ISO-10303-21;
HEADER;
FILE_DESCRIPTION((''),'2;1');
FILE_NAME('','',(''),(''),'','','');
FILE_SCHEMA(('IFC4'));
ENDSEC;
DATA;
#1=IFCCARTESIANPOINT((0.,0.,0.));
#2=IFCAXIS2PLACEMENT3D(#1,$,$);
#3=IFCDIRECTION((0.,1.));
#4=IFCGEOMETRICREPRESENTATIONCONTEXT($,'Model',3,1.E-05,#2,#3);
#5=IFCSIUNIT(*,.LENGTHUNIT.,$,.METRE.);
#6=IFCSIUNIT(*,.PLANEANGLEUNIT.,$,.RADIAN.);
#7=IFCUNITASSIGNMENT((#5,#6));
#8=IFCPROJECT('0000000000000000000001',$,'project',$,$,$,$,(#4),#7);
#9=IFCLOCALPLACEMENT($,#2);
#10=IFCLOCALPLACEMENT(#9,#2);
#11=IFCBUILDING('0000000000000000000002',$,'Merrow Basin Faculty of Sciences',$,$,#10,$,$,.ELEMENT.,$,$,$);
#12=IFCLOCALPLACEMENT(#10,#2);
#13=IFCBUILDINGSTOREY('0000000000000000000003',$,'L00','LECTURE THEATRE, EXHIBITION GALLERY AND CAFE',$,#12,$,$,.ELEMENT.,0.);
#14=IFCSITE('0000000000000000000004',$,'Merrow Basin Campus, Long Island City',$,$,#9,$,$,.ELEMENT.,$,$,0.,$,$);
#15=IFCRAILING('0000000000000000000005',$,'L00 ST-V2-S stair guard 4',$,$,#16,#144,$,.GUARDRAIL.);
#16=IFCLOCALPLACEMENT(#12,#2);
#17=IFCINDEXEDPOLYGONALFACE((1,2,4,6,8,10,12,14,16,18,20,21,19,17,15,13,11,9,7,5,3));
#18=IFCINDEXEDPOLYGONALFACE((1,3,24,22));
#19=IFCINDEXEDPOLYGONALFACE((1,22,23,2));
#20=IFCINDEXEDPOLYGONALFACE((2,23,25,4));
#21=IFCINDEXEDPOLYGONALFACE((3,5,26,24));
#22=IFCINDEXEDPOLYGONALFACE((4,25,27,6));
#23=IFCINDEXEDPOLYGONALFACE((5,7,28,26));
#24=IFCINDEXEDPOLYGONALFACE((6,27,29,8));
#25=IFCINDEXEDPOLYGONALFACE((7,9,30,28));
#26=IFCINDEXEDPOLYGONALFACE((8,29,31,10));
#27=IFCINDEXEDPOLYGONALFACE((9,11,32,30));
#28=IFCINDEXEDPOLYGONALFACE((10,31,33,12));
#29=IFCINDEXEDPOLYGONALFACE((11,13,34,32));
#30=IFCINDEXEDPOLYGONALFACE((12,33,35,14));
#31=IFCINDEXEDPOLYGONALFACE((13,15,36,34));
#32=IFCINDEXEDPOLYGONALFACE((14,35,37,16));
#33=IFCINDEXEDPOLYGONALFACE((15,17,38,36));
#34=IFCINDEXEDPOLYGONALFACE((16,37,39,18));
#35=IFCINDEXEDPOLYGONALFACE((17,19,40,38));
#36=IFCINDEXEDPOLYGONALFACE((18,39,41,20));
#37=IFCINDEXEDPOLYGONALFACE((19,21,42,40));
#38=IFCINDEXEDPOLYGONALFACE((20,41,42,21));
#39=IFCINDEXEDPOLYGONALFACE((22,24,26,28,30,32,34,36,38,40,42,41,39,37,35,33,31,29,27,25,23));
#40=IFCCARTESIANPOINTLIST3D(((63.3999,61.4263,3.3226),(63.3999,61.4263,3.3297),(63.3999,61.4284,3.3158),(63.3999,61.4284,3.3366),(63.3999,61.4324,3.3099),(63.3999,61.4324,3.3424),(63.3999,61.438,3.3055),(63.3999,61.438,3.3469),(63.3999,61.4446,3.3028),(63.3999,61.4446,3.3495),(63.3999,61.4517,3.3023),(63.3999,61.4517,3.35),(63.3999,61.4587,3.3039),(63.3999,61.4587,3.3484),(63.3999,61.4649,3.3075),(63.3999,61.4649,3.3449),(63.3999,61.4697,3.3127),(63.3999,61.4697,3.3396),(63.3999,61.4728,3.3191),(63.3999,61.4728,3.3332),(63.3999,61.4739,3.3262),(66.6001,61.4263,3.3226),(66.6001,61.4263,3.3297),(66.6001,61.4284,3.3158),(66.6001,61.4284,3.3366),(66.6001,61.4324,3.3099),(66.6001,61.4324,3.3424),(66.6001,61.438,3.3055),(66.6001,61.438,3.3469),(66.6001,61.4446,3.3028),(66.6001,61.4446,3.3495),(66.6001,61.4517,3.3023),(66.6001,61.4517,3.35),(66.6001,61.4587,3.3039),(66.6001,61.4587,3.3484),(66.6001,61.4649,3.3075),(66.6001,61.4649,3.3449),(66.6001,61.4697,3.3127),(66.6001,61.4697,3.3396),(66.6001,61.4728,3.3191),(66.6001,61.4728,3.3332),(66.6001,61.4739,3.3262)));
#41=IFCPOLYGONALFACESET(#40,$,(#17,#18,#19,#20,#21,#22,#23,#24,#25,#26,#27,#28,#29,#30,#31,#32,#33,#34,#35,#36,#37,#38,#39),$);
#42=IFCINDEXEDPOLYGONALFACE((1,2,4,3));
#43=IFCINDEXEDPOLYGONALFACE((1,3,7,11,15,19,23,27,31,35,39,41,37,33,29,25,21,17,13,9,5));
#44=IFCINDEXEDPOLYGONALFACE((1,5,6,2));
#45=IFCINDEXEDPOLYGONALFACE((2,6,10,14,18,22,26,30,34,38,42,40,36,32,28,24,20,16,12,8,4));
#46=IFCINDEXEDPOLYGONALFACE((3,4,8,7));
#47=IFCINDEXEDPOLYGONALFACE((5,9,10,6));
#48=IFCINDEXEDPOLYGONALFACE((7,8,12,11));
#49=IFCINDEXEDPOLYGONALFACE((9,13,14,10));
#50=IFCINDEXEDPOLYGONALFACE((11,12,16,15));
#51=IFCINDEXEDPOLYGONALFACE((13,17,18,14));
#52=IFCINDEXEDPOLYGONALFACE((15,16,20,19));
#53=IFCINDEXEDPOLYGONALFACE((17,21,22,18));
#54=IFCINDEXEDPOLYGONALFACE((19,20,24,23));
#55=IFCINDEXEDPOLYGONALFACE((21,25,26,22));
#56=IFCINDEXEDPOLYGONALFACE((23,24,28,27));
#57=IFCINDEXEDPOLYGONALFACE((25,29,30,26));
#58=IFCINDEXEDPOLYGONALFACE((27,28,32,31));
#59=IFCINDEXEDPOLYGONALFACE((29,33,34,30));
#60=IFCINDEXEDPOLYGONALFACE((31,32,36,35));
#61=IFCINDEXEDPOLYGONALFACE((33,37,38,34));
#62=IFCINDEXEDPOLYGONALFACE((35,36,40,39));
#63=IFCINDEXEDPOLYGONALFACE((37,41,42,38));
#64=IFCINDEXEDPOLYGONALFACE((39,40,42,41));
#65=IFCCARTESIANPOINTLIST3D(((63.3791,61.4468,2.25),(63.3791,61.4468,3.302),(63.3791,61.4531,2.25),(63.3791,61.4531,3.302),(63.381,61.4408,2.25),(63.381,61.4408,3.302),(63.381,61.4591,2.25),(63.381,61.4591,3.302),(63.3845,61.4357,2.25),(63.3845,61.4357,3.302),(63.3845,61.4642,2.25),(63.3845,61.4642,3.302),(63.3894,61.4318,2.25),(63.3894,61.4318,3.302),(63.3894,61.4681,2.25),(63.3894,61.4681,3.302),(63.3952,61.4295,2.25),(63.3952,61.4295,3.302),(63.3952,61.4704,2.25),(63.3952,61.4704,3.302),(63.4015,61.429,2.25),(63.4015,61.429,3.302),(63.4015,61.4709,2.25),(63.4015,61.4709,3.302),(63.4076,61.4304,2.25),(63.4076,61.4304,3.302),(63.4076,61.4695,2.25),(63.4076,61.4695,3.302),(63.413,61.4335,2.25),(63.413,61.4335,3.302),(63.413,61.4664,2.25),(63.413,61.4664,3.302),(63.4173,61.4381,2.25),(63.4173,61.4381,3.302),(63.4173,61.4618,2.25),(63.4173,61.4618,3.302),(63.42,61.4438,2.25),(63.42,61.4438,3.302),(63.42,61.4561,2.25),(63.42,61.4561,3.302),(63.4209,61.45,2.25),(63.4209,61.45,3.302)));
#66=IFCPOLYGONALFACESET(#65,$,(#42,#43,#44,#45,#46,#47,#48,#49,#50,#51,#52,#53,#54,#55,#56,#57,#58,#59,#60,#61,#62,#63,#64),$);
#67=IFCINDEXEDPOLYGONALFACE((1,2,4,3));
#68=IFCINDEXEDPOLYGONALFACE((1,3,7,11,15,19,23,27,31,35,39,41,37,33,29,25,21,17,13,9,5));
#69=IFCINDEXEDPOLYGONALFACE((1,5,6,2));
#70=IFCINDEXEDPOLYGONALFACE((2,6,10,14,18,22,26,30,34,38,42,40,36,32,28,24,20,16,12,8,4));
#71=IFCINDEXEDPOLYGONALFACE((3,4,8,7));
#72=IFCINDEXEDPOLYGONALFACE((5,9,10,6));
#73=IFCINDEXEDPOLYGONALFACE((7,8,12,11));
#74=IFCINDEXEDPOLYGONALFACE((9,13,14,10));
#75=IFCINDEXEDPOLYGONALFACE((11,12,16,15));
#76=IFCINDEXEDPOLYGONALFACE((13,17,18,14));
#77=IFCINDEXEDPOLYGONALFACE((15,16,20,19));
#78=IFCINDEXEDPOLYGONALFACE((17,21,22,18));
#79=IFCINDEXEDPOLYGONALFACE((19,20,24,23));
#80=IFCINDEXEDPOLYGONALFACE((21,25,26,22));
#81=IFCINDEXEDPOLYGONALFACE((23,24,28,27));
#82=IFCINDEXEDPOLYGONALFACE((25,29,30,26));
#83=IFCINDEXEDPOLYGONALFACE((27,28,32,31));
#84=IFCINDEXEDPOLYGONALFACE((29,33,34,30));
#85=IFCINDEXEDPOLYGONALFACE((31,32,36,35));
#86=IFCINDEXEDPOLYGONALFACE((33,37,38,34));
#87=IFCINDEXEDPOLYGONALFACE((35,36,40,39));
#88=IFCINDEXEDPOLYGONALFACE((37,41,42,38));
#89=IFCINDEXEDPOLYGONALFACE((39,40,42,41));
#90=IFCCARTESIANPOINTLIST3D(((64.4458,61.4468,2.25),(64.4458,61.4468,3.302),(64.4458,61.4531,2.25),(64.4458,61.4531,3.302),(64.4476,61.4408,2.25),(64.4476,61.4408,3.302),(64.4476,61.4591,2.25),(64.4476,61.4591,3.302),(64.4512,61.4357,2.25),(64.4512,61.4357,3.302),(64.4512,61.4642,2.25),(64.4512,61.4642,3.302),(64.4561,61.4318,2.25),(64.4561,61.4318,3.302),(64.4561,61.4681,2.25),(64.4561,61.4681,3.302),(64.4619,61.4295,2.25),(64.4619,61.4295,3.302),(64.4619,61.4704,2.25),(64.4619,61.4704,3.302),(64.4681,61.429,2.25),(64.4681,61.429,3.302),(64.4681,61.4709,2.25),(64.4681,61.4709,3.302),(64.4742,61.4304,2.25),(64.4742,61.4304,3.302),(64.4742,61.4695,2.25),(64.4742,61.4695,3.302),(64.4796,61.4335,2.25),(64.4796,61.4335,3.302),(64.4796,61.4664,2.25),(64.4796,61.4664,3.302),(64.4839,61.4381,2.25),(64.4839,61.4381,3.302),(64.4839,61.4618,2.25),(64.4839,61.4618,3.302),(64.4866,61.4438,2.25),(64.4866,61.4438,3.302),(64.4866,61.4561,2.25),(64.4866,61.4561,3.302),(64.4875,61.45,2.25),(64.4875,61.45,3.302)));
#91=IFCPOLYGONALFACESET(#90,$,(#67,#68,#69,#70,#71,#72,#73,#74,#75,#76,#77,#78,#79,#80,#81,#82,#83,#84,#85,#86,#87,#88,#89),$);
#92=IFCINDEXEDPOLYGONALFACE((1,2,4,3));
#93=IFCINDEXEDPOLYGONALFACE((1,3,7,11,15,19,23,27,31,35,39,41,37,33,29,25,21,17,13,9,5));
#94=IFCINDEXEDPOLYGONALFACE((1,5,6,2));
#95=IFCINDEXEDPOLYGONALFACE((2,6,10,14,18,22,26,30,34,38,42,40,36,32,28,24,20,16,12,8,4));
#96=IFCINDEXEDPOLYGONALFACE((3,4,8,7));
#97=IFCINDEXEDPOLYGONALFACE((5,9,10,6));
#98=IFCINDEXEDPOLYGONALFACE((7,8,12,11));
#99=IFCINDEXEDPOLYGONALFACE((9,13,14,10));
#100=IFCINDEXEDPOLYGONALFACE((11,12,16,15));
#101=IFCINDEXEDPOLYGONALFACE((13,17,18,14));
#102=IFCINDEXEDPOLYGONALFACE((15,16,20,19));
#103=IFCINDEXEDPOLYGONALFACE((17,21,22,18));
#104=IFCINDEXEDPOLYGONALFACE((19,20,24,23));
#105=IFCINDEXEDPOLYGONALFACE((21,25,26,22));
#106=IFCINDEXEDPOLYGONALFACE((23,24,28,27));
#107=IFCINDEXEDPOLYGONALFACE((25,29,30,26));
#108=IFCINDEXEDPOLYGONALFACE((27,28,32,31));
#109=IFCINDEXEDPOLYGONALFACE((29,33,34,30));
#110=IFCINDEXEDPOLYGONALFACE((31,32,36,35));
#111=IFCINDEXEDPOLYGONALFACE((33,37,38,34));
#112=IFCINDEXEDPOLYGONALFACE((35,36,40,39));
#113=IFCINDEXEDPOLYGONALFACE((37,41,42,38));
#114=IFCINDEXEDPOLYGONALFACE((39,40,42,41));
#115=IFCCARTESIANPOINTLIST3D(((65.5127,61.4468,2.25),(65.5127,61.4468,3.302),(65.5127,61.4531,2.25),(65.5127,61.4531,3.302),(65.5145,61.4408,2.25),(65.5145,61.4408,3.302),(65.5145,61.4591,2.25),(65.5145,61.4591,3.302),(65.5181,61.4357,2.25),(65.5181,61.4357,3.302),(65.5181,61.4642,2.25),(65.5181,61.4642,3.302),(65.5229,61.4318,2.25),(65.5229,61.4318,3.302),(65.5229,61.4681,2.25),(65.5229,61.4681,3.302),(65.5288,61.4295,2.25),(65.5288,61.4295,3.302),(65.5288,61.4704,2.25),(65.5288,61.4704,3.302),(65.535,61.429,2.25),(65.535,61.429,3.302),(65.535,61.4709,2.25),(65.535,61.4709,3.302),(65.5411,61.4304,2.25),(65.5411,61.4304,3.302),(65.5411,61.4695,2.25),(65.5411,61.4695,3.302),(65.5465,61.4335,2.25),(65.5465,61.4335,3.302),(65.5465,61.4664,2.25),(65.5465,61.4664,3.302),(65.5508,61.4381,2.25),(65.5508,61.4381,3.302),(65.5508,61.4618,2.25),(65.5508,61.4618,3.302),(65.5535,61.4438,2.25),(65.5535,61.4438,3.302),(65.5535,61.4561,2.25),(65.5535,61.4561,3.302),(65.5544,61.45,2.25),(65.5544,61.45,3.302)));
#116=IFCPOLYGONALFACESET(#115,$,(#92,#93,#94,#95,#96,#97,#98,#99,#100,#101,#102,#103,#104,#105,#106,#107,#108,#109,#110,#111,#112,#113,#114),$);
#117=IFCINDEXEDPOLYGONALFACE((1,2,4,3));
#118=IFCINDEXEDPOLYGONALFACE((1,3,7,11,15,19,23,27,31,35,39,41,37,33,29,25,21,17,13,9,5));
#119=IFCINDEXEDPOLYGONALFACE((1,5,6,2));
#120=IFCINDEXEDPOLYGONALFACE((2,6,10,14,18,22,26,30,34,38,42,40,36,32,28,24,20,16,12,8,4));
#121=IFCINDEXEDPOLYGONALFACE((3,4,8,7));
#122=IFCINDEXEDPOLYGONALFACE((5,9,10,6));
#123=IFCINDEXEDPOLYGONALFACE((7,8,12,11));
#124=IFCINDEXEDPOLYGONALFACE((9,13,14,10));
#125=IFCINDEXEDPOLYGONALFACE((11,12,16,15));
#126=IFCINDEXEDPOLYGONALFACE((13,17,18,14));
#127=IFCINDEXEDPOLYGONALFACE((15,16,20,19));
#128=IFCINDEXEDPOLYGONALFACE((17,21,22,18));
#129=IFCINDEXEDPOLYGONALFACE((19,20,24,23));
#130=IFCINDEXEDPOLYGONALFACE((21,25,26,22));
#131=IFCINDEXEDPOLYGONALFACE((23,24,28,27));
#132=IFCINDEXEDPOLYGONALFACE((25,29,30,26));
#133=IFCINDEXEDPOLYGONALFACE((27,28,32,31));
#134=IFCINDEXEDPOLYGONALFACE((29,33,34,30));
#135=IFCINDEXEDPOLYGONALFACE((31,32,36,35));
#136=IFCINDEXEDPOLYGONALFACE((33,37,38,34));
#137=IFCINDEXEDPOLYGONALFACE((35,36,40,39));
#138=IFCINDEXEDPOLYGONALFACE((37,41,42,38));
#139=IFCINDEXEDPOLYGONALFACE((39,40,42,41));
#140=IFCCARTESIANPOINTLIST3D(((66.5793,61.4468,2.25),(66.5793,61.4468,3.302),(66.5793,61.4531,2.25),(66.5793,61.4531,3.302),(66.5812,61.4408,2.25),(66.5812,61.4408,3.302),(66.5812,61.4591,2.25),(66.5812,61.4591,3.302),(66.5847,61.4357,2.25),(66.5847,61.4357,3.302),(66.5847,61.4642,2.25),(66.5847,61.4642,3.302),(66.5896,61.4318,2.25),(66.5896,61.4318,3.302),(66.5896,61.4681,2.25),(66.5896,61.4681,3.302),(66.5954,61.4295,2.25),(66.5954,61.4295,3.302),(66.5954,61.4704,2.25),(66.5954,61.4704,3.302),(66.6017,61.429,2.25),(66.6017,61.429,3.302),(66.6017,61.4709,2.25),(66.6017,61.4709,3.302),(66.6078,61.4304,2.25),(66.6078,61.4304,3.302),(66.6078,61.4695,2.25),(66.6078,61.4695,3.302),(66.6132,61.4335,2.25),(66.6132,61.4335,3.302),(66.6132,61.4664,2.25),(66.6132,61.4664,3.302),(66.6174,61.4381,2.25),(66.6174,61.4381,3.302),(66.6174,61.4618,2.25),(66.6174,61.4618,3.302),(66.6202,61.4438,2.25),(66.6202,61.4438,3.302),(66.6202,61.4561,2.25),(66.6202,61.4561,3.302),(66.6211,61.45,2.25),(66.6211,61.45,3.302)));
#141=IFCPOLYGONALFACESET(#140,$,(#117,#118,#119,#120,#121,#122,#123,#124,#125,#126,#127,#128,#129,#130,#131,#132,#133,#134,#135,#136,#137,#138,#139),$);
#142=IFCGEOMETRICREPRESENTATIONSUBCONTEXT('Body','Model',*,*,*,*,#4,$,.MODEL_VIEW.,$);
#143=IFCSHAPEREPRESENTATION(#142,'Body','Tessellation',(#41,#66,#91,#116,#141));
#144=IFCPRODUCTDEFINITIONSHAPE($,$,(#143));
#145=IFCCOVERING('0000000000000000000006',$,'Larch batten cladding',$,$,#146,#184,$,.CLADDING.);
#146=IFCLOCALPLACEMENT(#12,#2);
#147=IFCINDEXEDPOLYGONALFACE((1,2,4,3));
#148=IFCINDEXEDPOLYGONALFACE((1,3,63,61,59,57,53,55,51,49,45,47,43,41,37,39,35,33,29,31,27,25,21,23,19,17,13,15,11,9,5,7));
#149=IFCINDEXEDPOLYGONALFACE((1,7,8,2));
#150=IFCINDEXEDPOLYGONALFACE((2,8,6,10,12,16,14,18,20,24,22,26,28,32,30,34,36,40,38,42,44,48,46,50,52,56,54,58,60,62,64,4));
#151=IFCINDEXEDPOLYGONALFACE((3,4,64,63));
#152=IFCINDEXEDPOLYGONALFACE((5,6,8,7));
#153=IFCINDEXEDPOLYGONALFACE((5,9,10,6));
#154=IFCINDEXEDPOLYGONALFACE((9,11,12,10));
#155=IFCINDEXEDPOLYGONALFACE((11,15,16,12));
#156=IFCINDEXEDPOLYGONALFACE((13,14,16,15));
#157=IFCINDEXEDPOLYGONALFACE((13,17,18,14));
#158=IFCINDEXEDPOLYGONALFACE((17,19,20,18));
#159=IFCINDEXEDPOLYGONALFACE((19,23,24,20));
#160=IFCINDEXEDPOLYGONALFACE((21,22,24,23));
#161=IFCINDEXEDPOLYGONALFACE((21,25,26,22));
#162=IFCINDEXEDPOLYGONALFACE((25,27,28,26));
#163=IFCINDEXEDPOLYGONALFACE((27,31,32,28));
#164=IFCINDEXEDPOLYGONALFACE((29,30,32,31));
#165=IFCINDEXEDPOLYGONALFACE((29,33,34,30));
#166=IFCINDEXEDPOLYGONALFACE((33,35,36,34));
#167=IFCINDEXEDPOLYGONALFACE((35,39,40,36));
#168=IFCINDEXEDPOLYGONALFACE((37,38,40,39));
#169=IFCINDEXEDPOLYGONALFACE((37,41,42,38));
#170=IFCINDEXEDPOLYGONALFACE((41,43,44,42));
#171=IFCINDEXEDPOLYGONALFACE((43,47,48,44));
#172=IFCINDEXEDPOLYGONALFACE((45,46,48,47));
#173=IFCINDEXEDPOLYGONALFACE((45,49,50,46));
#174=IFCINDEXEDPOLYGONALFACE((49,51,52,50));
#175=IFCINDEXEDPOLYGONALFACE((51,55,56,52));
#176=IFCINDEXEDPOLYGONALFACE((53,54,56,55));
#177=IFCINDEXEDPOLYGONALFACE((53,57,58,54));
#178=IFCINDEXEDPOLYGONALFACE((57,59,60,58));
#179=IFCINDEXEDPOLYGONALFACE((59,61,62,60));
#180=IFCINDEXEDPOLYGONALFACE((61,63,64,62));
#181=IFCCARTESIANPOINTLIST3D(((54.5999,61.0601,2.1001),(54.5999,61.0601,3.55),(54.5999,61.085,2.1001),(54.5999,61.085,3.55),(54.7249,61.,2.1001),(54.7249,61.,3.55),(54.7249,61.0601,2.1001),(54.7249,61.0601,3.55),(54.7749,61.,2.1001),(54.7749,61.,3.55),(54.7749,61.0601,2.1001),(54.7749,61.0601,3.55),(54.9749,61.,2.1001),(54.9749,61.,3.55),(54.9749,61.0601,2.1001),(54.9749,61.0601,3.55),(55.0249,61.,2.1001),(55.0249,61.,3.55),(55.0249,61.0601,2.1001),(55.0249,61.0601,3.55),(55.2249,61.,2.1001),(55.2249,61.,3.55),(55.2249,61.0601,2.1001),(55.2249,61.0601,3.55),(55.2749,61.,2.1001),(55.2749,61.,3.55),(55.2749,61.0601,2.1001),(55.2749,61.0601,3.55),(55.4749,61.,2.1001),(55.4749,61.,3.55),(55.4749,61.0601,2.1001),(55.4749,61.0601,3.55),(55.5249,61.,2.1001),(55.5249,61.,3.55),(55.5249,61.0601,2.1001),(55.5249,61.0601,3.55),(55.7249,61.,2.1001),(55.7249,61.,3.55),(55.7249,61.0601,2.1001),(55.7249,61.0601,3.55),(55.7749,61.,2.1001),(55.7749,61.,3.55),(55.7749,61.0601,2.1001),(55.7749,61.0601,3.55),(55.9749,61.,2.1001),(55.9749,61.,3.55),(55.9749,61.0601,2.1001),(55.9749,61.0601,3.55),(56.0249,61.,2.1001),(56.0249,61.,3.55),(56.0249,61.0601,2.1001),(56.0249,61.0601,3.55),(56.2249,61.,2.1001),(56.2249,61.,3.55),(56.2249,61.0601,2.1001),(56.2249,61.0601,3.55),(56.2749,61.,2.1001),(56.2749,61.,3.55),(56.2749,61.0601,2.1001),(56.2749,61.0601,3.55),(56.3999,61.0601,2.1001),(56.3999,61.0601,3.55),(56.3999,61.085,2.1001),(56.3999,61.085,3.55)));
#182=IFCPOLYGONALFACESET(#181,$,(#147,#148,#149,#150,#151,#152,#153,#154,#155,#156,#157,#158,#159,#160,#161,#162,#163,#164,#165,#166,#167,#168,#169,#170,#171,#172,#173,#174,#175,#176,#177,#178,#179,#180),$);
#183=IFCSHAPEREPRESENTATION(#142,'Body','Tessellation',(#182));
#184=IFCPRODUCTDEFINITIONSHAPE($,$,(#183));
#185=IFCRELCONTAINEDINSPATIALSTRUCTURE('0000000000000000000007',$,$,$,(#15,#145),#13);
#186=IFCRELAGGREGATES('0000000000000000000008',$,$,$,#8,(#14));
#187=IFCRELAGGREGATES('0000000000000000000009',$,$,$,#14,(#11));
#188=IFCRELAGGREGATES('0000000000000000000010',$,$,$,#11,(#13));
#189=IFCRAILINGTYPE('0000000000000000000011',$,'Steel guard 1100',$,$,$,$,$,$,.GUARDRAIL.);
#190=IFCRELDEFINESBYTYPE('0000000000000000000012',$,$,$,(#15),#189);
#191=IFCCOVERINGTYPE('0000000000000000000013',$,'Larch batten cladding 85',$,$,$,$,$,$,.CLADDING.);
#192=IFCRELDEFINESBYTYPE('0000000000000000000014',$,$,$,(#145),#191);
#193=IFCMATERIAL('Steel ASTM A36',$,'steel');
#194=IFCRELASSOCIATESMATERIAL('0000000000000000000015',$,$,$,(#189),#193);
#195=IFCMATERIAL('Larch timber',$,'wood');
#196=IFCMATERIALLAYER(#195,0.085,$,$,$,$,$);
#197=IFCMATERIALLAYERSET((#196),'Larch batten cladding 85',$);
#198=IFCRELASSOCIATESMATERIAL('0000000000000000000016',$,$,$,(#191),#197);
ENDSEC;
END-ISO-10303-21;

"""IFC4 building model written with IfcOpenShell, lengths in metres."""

from ifc_helpers import new_model, si_unit, direction, frame, origin, origin_2d, place, context, subcontext, project, spatial, polyline, circle, outline, extrude, source, transform, mapped, material, layer, layer_set, type_object, element, save


model = new_model("IFC4")

# Units and contexts
model_context = context("Model", 3, precision=1e-05, world=origin(), true_north=direction((0.0, 1.0)))
body_context = subcontext(model_context, "Body", "Model", "MODEL_VIEW")
ifc_project = project(units=[si_unit("LENGTHUNIT", "METRE"), si_unit("PLANEANGLEUNIT", "RADIAN")], contexts=[model_context])

# Site, building, storey
site_placement = place(None, origin())
site = spatial("IfcSite", under=ifc_project, at=site_placement, Name="Merrow Basin Campus, Long Island City", CompositionType="ELEMENT", RefElevation=0.0)
building_placement = place(site_placement, origin())
building = spatial("IfcBuilding", under=site, at=building_placement, Name="Merrow Basin Faculty of Sciences", CompositionType="ELEMENT")
storey_placement = place(building_placement, origin())
storey = spatial("IfcBuildingStorey", under=building, at=storey_placement, Name="L00", Description="LECTURE THEATRE, EXHIBITION GALLERY AND CAFE", CompositionType="ELEMENT", Elevation=0.0)

# Railing
ifc_material_1 = material(Name="Steel ASTM A36", Category="steel")
railing_type = type_object("IfcRailingType", Name="Steel guard 1100", PredefinedType="GUARDRAIL", material=ifc_material_1)
railing_placement = place(storey_placement, frame((63.3999, 61.45, 2.25)))
element("IfcRailing", 1, at=railing_placement, inside=storey, type_object=railing_type, Name="L00 ST-V2-S stair guard 4", PredefinedType="GUARDRAIL", context=body_context, shape_type="SweptSolid", body=[
    extrude(circle(Radius=0.0239, at=origin_2d()), frame((0.0, 0.0, 1.0762), z_axis=(1.0, 0.0, 0.0), x_axis=(0.0, 1.0, 0.0)), (0.0, 0.0, 1.0), 3.2002),
    extrude(circle(Radius=0.021, at=origin_2d()), origin(), (0.0, 0.0, 1.0), 1.052),
    extrude(circle(Radius=0.021, at=origin_2d()), frame((1.0667, 0.0, 0.0)), (0.0, 0.0, 1.0), 1.052),
    extrude(circle(Radius=0.021, at=origin_2d()), frame((2.1335, 0.0, 0.0)), (0.0, 0.0, 1.0), 1.052),
    extrude(circle(Radius=0.021, at=origin_2d()), frame((3.2002, 0.0, 0.0)), (0.0, 0.0, 1.0), 1.052),
])

# Covering
ifc_material_2 = material(Name="Larch timber", Category="wood")
ifc_layer_1 = layer(ifc_material_2, 0.085)
ifc_layer_set_1 = layer_set([ifc_layer_1], Name="Larch batten cladding 85")
covering_type = type_object("IfcCoveringType", Name="Larch batten cladding 85", PredefinedType="CLADDING", material=ifc_layer_set_1)
shared_shape_1 = source(origin(), body_context, "Body", "SweptSolid", [
    extrude(outline(polyline([(0.0, 0.0), (1.8, 0.0), (1.8, 0.0249), (1.675, 0.0249), (1.675, 0.085), (1.625, 0.085), (1.625, 0.0249), (1.425, 0.0249), (1.425, 0.085), (1.375, 0.085), (1.375, 0.0249), (1.175, 0.0249), (1.175, 0.085), (1.125, 0.085), (1.125, 0.0249), (0.925, 0.0249), (0.925, 0.085), (0.875, 0.085), (0.875, 0.0249), (0.675, 0.0249), (0.675, 0.085), (0.625, 0.085), (0.625, 0.0249), (0.425, 0.0249), (0.425, 0.085), (0.375, 0.085), (0.375, 0.0249), (0.175, 0.0249), (0.175, 0.085), (0.125, 0.085), (0.125, 0.0249), (0.0, 0.0249), (0.0, 0.0)])), origin(), (0.0, 0.0, 1.0), 1.45),
])
for number, where, z_axis, x_axis, name in (
    (2, (56.3999, 61.085, 2.1001), (0.0, 0.0, 1.0), (-1.0, 0.0, 0.0), "Larch batten cladding"),
):
    element("IfcCovering", number, at=place(storey_placement, frame(where, z_axis=z_axis, x_axis=x_axis)), inside=storey, type_object=covering_type, Name=name, PredefinedType="CLADDING", context=body_context, shape_type="MappedRepresentation", body=[
        mapped(shared_shape_1, transform((0.0, 0.0, 0.0), scale=1.0)),
    ])

save(model, "model.ifc")
